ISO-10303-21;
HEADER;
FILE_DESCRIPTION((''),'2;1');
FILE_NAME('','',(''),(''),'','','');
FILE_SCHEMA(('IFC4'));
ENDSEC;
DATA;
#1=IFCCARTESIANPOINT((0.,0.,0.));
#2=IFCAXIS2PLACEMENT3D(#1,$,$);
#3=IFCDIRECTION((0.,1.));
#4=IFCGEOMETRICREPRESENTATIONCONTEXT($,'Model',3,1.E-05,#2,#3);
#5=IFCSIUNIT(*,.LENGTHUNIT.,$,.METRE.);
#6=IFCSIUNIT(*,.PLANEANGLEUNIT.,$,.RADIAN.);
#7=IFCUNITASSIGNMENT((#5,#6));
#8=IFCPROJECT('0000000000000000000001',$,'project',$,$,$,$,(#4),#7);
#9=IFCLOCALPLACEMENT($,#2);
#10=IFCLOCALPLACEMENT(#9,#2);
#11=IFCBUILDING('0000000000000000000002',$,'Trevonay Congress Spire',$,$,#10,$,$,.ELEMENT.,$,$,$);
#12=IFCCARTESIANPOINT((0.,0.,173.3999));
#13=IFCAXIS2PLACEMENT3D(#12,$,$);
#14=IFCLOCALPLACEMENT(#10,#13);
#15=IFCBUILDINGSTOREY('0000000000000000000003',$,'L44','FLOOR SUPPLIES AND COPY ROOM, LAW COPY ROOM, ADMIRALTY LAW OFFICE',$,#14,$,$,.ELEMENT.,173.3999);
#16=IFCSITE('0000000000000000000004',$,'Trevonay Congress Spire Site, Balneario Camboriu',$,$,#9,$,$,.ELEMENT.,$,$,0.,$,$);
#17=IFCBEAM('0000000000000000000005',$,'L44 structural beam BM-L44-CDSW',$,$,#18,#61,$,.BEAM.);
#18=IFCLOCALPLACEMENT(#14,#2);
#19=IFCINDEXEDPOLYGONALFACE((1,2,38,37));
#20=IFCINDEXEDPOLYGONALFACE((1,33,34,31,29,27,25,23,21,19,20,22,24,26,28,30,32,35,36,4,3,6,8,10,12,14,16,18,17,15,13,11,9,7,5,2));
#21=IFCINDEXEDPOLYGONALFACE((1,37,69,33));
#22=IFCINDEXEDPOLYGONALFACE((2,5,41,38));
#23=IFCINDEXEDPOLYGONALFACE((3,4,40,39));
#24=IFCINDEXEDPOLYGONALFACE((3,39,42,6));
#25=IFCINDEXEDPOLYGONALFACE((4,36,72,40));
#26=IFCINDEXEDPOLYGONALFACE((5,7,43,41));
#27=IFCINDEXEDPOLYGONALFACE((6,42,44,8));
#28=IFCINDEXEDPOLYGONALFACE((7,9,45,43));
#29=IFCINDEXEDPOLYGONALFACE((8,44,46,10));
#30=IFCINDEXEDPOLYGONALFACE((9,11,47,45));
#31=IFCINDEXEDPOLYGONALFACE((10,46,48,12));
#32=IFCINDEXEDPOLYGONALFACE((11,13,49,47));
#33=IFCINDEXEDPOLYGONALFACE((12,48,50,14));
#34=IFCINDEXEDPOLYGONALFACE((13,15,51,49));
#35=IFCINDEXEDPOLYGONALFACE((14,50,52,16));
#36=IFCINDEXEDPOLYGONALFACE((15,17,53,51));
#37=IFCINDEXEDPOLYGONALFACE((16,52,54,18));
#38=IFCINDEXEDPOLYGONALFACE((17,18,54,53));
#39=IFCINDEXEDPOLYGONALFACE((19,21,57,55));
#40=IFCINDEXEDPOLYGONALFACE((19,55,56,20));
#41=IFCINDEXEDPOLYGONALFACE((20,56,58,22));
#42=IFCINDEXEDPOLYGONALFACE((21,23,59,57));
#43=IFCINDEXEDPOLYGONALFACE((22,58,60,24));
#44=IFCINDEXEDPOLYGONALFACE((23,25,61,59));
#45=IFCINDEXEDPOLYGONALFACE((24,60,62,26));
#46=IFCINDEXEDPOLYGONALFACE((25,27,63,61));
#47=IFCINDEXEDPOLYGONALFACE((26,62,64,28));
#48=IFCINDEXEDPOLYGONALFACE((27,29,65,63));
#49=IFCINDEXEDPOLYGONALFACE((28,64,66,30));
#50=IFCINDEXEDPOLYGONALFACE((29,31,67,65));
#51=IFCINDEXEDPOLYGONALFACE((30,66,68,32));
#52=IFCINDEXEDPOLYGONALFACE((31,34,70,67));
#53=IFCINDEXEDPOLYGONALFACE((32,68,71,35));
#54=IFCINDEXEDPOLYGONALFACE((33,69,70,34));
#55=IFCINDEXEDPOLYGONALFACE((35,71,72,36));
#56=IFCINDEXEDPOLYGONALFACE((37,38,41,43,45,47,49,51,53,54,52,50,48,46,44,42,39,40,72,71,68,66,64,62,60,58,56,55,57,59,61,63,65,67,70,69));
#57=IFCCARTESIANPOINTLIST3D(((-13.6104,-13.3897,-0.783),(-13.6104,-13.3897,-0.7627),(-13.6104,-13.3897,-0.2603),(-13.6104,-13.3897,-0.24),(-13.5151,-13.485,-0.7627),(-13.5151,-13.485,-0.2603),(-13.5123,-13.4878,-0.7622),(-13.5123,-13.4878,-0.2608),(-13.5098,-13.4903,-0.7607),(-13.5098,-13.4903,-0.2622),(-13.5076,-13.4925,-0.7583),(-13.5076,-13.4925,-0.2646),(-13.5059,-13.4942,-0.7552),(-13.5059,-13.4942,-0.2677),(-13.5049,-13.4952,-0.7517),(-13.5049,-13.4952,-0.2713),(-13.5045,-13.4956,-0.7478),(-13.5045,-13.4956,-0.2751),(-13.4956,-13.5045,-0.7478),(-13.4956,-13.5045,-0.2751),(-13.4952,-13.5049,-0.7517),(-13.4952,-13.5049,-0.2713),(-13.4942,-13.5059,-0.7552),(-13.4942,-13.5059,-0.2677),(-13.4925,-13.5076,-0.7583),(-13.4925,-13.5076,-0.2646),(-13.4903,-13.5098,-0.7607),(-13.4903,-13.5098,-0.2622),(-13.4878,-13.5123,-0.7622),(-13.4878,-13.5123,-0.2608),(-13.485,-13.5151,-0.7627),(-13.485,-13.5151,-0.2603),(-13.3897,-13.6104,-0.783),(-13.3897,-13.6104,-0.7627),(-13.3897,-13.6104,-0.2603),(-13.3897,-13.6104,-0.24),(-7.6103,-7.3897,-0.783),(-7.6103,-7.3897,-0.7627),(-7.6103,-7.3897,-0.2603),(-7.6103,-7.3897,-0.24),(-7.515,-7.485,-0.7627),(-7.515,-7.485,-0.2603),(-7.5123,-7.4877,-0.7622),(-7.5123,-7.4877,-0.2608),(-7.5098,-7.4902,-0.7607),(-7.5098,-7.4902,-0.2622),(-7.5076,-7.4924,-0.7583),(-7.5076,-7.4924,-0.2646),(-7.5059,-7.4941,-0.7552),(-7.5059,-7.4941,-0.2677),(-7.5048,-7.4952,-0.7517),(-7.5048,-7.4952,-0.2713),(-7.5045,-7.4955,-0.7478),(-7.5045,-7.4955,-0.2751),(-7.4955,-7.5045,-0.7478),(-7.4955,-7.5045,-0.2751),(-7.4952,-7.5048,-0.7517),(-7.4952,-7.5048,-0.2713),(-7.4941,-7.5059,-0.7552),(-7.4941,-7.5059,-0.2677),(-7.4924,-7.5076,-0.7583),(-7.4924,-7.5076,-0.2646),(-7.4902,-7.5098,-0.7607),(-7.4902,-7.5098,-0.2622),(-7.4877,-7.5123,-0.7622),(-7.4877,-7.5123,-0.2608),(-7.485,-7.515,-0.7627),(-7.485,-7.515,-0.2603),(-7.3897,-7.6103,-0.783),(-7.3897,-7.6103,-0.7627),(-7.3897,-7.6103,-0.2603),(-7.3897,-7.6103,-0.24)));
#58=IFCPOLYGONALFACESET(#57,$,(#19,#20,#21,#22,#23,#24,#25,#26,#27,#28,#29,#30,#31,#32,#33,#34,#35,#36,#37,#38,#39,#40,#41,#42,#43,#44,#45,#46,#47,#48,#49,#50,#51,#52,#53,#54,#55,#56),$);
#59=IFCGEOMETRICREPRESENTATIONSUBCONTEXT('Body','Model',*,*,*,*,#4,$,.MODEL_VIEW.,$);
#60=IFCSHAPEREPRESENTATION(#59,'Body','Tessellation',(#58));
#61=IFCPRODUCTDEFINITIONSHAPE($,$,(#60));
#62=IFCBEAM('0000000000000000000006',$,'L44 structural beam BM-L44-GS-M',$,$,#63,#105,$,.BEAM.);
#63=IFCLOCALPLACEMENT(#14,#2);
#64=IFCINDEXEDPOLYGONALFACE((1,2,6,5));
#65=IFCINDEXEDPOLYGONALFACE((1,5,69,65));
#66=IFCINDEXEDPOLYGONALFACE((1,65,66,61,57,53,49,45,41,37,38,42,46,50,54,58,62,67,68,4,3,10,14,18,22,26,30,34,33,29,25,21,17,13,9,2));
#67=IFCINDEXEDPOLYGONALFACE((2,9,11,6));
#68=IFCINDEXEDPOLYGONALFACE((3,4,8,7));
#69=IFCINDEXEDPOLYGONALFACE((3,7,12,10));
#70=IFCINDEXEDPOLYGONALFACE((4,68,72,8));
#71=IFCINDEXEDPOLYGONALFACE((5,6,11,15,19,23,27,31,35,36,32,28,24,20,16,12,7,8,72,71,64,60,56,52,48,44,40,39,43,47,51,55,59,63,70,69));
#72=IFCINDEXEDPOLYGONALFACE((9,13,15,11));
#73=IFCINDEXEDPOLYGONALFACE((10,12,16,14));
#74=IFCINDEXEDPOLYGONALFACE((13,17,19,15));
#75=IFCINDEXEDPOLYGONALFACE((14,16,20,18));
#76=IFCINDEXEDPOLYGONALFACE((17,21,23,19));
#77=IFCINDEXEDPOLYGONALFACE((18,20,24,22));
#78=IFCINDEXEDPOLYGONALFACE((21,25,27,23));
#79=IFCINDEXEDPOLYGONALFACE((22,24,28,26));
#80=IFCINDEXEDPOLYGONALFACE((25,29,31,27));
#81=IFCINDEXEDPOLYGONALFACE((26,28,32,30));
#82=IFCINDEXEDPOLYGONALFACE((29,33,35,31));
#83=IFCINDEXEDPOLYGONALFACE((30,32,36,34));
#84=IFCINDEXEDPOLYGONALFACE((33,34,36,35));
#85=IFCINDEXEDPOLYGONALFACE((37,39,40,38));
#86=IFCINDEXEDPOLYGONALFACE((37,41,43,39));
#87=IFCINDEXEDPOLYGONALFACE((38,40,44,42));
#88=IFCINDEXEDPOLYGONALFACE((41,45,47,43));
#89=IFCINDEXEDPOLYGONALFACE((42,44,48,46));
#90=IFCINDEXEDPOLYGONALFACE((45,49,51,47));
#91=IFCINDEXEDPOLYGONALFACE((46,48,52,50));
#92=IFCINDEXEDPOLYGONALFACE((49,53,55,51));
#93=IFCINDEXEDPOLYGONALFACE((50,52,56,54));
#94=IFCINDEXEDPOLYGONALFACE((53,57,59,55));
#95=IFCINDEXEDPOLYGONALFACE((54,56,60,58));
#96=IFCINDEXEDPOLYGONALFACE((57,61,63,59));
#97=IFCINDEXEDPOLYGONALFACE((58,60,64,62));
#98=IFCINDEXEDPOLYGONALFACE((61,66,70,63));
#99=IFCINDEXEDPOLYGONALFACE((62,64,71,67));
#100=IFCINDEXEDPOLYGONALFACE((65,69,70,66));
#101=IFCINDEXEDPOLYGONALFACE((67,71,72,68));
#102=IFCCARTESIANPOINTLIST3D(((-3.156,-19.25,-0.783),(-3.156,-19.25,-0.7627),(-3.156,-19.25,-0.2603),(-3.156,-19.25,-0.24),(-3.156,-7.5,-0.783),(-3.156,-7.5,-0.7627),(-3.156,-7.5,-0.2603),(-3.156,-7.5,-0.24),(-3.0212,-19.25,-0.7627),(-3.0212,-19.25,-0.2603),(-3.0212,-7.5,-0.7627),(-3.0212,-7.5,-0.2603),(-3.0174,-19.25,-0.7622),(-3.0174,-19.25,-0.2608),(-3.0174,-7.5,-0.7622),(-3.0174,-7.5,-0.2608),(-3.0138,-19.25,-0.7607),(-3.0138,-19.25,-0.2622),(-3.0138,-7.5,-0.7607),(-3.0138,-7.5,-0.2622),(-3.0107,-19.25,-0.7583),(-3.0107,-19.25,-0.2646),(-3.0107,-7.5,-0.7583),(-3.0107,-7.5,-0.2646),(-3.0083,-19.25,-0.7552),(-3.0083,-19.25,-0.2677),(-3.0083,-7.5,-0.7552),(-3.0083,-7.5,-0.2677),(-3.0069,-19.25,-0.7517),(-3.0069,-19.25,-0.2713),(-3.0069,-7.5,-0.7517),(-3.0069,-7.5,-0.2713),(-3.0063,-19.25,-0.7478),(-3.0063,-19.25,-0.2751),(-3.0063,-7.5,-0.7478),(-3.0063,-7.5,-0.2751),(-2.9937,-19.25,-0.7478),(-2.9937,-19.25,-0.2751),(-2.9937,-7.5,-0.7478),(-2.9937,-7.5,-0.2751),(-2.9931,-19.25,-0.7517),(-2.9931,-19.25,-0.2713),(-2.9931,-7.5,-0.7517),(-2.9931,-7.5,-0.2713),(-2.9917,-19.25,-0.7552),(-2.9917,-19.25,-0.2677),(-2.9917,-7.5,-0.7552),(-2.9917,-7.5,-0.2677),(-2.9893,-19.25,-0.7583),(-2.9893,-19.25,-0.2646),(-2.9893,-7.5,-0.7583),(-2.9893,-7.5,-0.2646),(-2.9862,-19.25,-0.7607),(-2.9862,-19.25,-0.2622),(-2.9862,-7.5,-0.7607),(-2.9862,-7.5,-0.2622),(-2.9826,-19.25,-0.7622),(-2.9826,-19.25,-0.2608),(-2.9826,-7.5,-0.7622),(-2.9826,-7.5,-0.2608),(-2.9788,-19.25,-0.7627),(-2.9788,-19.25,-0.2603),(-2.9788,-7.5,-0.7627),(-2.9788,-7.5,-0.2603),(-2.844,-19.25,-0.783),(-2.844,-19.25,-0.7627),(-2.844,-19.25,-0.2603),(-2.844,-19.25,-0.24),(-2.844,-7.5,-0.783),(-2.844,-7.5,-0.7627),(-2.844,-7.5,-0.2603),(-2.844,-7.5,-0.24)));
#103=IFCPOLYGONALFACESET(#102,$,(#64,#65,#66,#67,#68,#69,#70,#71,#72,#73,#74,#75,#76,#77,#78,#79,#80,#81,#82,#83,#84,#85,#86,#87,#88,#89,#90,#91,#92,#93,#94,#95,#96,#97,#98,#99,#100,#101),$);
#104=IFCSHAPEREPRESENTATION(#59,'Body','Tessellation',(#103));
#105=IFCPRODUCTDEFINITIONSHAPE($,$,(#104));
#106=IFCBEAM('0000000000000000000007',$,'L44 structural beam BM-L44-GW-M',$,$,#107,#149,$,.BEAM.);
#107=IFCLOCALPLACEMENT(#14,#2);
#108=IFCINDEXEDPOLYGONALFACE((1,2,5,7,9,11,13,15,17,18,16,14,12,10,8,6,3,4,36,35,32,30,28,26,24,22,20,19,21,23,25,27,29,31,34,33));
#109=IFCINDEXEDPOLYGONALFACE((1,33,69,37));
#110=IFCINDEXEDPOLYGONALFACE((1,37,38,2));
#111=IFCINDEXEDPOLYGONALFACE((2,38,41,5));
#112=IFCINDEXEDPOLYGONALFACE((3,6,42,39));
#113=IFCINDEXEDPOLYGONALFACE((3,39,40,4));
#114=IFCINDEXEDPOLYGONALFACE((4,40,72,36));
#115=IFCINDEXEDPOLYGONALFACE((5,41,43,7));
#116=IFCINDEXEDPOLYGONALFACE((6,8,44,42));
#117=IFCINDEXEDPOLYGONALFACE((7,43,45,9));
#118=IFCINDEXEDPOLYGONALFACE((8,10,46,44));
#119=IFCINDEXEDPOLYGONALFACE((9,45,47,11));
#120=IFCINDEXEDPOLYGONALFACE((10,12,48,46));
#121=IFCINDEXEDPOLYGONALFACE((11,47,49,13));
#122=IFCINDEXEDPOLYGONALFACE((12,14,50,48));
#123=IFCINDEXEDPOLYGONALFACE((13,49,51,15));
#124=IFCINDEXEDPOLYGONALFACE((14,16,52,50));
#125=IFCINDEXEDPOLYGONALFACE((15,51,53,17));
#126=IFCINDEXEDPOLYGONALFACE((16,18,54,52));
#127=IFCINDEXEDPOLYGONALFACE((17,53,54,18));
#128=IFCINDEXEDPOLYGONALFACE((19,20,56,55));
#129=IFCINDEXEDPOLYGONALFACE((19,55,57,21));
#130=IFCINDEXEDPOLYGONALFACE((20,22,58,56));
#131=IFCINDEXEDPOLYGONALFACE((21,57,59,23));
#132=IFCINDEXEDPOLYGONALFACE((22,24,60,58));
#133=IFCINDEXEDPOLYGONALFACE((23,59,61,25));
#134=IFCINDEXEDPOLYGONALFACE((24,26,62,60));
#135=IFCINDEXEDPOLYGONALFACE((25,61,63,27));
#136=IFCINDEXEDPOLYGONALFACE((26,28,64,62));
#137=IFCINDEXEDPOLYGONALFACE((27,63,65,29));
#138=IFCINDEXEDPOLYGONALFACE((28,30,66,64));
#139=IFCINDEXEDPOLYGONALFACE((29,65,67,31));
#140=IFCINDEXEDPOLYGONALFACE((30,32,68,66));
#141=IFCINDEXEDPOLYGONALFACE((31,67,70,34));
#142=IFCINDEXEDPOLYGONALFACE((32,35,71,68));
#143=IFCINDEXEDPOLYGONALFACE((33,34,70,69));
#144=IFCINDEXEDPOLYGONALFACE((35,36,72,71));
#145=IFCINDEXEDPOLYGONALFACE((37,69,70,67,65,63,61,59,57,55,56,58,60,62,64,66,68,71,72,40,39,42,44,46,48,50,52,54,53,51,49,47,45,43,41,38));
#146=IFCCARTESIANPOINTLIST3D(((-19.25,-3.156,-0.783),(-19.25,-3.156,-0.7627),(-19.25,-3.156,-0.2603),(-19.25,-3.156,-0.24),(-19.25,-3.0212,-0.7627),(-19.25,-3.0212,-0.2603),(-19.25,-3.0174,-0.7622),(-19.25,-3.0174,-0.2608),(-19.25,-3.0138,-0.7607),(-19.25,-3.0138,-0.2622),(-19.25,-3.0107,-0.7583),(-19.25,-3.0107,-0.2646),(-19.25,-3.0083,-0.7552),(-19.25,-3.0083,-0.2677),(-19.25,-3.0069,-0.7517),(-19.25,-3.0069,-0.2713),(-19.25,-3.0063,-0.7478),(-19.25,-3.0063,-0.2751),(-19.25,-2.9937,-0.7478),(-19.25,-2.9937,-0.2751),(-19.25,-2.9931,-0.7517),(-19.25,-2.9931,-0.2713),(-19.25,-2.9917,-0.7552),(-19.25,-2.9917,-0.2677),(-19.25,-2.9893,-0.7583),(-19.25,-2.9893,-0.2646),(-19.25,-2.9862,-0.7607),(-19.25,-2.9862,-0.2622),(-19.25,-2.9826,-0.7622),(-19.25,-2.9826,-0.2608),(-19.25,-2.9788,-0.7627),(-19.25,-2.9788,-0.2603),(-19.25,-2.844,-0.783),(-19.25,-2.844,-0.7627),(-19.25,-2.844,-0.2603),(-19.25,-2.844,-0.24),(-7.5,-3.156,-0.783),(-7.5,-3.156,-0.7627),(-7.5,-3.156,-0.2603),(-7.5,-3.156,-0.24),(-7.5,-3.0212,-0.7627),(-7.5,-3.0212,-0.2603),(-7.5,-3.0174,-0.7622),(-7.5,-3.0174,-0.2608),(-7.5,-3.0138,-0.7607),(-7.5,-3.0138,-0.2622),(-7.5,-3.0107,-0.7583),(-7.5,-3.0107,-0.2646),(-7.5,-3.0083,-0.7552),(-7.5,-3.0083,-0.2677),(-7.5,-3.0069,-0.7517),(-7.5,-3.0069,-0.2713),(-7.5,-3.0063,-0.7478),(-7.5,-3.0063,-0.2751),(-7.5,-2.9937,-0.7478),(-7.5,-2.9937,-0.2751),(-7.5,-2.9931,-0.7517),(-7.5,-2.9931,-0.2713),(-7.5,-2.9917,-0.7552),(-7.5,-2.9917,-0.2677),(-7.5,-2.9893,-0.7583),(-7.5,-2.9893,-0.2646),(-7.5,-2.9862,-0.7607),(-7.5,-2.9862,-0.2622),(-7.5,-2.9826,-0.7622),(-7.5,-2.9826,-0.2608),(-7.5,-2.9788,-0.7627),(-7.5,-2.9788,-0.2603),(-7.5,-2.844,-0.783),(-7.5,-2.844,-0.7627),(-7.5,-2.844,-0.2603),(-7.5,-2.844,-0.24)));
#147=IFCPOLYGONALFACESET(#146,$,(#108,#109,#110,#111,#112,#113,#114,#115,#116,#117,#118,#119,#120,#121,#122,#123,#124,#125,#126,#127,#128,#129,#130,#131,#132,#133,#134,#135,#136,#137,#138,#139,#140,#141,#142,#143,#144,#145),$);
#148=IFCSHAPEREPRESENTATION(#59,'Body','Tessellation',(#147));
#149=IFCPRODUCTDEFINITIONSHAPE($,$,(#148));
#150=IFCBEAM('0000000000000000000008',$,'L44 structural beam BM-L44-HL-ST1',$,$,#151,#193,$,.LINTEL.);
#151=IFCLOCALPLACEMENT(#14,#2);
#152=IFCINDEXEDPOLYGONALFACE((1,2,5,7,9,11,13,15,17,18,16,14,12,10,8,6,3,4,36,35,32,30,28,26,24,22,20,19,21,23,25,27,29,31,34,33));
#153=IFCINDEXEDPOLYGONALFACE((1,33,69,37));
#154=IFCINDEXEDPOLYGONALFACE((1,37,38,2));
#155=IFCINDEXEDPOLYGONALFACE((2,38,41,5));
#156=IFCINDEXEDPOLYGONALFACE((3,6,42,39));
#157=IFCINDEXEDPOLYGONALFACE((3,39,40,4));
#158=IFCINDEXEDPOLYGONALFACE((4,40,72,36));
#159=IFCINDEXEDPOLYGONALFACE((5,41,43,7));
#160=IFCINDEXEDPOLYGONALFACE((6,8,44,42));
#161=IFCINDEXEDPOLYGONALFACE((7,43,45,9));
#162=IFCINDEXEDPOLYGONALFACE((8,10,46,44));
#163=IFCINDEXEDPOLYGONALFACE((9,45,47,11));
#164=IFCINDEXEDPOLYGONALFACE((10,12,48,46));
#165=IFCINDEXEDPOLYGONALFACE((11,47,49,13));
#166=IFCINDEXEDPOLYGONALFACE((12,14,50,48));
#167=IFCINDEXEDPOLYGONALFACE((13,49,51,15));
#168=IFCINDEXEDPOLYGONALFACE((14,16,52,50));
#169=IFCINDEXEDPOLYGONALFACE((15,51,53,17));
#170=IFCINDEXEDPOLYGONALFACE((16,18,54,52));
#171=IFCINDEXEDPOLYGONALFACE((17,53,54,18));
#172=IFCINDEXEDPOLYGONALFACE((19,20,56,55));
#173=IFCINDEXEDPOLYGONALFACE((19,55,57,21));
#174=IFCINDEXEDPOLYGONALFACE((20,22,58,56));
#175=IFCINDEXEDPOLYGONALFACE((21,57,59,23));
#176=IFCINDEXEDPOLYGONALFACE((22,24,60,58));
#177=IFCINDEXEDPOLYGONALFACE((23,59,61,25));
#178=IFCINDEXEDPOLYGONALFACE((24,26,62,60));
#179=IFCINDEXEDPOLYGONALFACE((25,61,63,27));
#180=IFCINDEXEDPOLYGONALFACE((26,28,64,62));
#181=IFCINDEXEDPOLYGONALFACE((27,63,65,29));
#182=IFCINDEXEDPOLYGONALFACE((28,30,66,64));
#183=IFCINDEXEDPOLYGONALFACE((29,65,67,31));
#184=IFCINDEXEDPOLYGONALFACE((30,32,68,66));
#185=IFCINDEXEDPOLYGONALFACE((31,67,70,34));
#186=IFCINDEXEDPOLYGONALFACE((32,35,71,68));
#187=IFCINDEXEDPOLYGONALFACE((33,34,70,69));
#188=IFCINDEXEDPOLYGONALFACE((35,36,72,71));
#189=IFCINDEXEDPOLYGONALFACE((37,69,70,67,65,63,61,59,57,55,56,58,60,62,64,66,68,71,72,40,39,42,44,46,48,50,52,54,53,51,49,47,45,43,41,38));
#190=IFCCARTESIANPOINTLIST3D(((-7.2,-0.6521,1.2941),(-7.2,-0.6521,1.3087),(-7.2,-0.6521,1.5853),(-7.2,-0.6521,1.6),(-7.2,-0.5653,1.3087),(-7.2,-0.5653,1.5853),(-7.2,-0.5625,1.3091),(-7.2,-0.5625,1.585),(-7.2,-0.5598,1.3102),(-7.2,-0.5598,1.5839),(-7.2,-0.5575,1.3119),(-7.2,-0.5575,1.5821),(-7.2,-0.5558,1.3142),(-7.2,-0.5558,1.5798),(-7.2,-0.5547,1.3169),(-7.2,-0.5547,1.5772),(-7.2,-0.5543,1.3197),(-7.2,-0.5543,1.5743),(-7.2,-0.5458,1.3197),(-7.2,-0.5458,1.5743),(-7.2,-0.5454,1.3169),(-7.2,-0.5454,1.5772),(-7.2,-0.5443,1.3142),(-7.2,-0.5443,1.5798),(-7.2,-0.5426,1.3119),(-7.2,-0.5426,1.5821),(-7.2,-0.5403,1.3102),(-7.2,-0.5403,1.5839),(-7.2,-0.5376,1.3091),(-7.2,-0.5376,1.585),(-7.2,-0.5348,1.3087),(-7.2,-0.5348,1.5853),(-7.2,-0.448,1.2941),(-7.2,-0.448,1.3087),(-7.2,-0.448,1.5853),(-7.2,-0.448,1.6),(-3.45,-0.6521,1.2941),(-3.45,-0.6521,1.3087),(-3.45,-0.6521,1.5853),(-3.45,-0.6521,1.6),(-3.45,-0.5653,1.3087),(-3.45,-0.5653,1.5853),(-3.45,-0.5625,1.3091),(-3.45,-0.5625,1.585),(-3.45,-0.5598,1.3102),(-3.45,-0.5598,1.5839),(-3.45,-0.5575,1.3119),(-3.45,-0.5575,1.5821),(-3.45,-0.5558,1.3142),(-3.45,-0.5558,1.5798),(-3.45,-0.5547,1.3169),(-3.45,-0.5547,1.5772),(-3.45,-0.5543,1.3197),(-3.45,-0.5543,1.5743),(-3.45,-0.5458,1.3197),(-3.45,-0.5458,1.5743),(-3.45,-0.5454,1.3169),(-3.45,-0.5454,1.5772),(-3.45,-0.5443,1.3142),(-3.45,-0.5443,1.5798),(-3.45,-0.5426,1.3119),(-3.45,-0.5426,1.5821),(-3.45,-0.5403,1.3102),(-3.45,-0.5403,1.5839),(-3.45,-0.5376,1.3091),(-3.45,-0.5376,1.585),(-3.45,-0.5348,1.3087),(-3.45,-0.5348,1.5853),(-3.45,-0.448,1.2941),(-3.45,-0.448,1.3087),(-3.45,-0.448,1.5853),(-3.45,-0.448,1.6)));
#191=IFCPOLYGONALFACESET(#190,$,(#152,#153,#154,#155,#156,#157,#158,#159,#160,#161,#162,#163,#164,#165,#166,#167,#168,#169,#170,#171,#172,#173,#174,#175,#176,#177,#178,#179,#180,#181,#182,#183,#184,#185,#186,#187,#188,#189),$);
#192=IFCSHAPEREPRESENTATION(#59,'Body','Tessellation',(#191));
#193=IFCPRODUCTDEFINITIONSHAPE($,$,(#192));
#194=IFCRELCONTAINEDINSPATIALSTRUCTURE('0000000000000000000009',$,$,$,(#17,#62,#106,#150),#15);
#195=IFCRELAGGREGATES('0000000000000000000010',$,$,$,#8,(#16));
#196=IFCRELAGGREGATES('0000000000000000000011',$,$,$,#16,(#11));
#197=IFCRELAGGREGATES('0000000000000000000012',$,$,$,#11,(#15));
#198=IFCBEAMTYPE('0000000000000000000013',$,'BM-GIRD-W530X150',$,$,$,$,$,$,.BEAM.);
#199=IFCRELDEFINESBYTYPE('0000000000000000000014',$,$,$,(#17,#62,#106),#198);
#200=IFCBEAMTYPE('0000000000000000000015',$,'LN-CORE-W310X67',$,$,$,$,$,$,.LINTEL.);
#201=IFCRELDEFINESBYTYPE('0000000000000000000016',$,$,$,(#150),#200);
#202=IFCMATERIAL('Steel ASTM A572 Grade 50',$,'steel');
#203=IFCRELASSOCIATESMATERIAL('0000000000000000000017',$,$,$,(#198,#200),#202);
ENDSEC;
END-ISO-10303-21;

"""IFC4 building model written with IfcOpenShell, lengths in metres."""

from ifc_helpers import new_model, si_unit, direction, frame, origin, origin_2d, place, context, subcontext, project, spatial, i_section, extrude, material, material_profile, profile_set, type_object, element, save


model = new_model("IFC4")

# Units and contexts
model_context = context("Model", 3, precision=1e-05, world=origin(), true_north=direction((0.0, 1.0)))
body_context = subcontext(model_context, "Body", "Model", "MODEL_VIEW")
ifc_project = project(units=[si_unit("LENGTHUNIT", "METRE"), si_unit("PLANEANGLEUNIT", "RADIAN")], contexts=[model_context])

# Site, building, storey
site_placement = place(None, origin())
site = spatial("IfcSite", under=ifc_project, at=site_placement, Name="Trevonay Congress Spire Site, Balneario Camboriu", CompositionType="ELEMENT", RefElevation=0.0)
building_placement = place(site_placement, origin())
building = spatial("IfcBuilding", under=site, at=building_placement, Name="Trevonay Congress Spire", CompositionType="ELEMENT")
storey_placement = place(building_placement, frame((0.0, 0.0, 173.3999)))
storey = spatial("IfcBuildingStorey", under=building, at=storey_placement, Name="L44", Description="FLOOR SUPPLIES AND COPY ROOM, LAW COPY ROOM, ADMIRALTY LAW OFFICE", CompositionType="ELEMENT", Elevation=173.3999)

# Shared definitions
ifc_material_1 = material(Name="Steel ASTM A572 Grade 50", Category="steel")

# Beams
ifc_material_profile_1 = material_profile(ifc_material_1, i_section(OverallWidth=0.312, OverallDepth=0.543, WebThickness=0.0127, FlangeThickness=0.0203, FilletRadius=0.0149, at=origin_2d()), Name="W530x150")
ifc_profile_set_1 = profile_set([ifc_material_profile_1], Name="Steel ASTM A572 Grade 50")
beam_type_1 = type_object("IfcBeamType", Name="BM-GIRD-W530X150", PredefinedType="BEAM", material=ifc_profile_set_1)
beam_1_placement = place(storey_placement, frame((-7.5, -7.5, -0.5115), z_axis=(-0.707107, -0.707107, 0.0), x_axis=(0.707107, -0.707107, 0.0)))
element("IfcBeam", 1, at=beam_1_placement, inside=storey, type_object=beam_type_1, Name="L44 structural beam BM-L44-CDSW", PredefinedType="BEAM", context=body_context, shape_type="SweptSolid", body=[
    extrude(i_section(OverallWidth=0.312, OverallDepth=0.543, WebThickness=0.0127, FlangeThickness=0.0203, FilletRadius=0.0149, at=origin_2d()), origin(), (0.0, 0.0, 1.0), 8.4854),
])
for number, where, z_axis, x_axis, name in (
    (2, (-3.0, -7.5, -0.5115), (0.0, -1.0, 0.0), (1.0, 0.0, 0.0), "L44 structural beam BM-L44-GS-M"),
    (3, (-7.5, -3.0, -0.5115), (-1.0, 0.0, 0.0), (0.0, -1.0, 0.0), "L44 structural beam BM-L44-GW-M"),
):
    element("IfcBeam", number, at=place(storey_placement, frame(where, z_axis=z_axis, x_axis=x_axis)), inside=storey, type_object=beam_type_1, Name=name, PredefinedType="BEAM", context=body_context, shape_type="SweptSolid", body=[
        extrude(i_section(OverallWidth=0.312, OverallDepth=0.543, WebThickness=0.0127, FlangeThickness=0.0203, FilletRadius=0.0149, at=origin_2d()), origin(), (0.0, 0.0, 1.0), 11.75),
    ])
ifc_material_profile_2 = material_profile(ifc_material_1, i_section(OverallWidth=0.2041, OverallDepth=0.3059, WebThickness=0.0085, FlangeThickness=0.0146, FilletRadius=0.011, at=origin_2d()), Name="W310x67")
ifc_profile_set_2 = profile_set([ifc_material_profile_2], Name="Steel ASTM A572 Grade 50")
beam_type_2 = type_object("IfcBeamType", Name="LN-CORE-W310X67", PredefinedType="LINTEL", material=ifc_profile_set_2)
beam_2_placement = place(storey_placement, frame((-7.2, -0.55, 1.447), z_axis=(1.0, 0.0, 0.0), x_axis=(0.0, 1.0, 0.0)))
element("IfcBeam", 4, at=beam_2_placement, inside=storey, type_object=beam_type_2, Name="L44 structural beam BM-L44-HL-ST1", PredefinedType="LINTEL", context=body_context, shape_type="SweptSolid", body=[
    extrude(i_section(OverallWidth=0.2041, OverallDepth=0.3059, WebThickness=0.0085, FlangeThickness=0.0146, FilletRadius=0.011, at=origin_2d()), origin(), (0.0, 0.0, 1.0), 3.75),
])

save(model, "model.ifc")
